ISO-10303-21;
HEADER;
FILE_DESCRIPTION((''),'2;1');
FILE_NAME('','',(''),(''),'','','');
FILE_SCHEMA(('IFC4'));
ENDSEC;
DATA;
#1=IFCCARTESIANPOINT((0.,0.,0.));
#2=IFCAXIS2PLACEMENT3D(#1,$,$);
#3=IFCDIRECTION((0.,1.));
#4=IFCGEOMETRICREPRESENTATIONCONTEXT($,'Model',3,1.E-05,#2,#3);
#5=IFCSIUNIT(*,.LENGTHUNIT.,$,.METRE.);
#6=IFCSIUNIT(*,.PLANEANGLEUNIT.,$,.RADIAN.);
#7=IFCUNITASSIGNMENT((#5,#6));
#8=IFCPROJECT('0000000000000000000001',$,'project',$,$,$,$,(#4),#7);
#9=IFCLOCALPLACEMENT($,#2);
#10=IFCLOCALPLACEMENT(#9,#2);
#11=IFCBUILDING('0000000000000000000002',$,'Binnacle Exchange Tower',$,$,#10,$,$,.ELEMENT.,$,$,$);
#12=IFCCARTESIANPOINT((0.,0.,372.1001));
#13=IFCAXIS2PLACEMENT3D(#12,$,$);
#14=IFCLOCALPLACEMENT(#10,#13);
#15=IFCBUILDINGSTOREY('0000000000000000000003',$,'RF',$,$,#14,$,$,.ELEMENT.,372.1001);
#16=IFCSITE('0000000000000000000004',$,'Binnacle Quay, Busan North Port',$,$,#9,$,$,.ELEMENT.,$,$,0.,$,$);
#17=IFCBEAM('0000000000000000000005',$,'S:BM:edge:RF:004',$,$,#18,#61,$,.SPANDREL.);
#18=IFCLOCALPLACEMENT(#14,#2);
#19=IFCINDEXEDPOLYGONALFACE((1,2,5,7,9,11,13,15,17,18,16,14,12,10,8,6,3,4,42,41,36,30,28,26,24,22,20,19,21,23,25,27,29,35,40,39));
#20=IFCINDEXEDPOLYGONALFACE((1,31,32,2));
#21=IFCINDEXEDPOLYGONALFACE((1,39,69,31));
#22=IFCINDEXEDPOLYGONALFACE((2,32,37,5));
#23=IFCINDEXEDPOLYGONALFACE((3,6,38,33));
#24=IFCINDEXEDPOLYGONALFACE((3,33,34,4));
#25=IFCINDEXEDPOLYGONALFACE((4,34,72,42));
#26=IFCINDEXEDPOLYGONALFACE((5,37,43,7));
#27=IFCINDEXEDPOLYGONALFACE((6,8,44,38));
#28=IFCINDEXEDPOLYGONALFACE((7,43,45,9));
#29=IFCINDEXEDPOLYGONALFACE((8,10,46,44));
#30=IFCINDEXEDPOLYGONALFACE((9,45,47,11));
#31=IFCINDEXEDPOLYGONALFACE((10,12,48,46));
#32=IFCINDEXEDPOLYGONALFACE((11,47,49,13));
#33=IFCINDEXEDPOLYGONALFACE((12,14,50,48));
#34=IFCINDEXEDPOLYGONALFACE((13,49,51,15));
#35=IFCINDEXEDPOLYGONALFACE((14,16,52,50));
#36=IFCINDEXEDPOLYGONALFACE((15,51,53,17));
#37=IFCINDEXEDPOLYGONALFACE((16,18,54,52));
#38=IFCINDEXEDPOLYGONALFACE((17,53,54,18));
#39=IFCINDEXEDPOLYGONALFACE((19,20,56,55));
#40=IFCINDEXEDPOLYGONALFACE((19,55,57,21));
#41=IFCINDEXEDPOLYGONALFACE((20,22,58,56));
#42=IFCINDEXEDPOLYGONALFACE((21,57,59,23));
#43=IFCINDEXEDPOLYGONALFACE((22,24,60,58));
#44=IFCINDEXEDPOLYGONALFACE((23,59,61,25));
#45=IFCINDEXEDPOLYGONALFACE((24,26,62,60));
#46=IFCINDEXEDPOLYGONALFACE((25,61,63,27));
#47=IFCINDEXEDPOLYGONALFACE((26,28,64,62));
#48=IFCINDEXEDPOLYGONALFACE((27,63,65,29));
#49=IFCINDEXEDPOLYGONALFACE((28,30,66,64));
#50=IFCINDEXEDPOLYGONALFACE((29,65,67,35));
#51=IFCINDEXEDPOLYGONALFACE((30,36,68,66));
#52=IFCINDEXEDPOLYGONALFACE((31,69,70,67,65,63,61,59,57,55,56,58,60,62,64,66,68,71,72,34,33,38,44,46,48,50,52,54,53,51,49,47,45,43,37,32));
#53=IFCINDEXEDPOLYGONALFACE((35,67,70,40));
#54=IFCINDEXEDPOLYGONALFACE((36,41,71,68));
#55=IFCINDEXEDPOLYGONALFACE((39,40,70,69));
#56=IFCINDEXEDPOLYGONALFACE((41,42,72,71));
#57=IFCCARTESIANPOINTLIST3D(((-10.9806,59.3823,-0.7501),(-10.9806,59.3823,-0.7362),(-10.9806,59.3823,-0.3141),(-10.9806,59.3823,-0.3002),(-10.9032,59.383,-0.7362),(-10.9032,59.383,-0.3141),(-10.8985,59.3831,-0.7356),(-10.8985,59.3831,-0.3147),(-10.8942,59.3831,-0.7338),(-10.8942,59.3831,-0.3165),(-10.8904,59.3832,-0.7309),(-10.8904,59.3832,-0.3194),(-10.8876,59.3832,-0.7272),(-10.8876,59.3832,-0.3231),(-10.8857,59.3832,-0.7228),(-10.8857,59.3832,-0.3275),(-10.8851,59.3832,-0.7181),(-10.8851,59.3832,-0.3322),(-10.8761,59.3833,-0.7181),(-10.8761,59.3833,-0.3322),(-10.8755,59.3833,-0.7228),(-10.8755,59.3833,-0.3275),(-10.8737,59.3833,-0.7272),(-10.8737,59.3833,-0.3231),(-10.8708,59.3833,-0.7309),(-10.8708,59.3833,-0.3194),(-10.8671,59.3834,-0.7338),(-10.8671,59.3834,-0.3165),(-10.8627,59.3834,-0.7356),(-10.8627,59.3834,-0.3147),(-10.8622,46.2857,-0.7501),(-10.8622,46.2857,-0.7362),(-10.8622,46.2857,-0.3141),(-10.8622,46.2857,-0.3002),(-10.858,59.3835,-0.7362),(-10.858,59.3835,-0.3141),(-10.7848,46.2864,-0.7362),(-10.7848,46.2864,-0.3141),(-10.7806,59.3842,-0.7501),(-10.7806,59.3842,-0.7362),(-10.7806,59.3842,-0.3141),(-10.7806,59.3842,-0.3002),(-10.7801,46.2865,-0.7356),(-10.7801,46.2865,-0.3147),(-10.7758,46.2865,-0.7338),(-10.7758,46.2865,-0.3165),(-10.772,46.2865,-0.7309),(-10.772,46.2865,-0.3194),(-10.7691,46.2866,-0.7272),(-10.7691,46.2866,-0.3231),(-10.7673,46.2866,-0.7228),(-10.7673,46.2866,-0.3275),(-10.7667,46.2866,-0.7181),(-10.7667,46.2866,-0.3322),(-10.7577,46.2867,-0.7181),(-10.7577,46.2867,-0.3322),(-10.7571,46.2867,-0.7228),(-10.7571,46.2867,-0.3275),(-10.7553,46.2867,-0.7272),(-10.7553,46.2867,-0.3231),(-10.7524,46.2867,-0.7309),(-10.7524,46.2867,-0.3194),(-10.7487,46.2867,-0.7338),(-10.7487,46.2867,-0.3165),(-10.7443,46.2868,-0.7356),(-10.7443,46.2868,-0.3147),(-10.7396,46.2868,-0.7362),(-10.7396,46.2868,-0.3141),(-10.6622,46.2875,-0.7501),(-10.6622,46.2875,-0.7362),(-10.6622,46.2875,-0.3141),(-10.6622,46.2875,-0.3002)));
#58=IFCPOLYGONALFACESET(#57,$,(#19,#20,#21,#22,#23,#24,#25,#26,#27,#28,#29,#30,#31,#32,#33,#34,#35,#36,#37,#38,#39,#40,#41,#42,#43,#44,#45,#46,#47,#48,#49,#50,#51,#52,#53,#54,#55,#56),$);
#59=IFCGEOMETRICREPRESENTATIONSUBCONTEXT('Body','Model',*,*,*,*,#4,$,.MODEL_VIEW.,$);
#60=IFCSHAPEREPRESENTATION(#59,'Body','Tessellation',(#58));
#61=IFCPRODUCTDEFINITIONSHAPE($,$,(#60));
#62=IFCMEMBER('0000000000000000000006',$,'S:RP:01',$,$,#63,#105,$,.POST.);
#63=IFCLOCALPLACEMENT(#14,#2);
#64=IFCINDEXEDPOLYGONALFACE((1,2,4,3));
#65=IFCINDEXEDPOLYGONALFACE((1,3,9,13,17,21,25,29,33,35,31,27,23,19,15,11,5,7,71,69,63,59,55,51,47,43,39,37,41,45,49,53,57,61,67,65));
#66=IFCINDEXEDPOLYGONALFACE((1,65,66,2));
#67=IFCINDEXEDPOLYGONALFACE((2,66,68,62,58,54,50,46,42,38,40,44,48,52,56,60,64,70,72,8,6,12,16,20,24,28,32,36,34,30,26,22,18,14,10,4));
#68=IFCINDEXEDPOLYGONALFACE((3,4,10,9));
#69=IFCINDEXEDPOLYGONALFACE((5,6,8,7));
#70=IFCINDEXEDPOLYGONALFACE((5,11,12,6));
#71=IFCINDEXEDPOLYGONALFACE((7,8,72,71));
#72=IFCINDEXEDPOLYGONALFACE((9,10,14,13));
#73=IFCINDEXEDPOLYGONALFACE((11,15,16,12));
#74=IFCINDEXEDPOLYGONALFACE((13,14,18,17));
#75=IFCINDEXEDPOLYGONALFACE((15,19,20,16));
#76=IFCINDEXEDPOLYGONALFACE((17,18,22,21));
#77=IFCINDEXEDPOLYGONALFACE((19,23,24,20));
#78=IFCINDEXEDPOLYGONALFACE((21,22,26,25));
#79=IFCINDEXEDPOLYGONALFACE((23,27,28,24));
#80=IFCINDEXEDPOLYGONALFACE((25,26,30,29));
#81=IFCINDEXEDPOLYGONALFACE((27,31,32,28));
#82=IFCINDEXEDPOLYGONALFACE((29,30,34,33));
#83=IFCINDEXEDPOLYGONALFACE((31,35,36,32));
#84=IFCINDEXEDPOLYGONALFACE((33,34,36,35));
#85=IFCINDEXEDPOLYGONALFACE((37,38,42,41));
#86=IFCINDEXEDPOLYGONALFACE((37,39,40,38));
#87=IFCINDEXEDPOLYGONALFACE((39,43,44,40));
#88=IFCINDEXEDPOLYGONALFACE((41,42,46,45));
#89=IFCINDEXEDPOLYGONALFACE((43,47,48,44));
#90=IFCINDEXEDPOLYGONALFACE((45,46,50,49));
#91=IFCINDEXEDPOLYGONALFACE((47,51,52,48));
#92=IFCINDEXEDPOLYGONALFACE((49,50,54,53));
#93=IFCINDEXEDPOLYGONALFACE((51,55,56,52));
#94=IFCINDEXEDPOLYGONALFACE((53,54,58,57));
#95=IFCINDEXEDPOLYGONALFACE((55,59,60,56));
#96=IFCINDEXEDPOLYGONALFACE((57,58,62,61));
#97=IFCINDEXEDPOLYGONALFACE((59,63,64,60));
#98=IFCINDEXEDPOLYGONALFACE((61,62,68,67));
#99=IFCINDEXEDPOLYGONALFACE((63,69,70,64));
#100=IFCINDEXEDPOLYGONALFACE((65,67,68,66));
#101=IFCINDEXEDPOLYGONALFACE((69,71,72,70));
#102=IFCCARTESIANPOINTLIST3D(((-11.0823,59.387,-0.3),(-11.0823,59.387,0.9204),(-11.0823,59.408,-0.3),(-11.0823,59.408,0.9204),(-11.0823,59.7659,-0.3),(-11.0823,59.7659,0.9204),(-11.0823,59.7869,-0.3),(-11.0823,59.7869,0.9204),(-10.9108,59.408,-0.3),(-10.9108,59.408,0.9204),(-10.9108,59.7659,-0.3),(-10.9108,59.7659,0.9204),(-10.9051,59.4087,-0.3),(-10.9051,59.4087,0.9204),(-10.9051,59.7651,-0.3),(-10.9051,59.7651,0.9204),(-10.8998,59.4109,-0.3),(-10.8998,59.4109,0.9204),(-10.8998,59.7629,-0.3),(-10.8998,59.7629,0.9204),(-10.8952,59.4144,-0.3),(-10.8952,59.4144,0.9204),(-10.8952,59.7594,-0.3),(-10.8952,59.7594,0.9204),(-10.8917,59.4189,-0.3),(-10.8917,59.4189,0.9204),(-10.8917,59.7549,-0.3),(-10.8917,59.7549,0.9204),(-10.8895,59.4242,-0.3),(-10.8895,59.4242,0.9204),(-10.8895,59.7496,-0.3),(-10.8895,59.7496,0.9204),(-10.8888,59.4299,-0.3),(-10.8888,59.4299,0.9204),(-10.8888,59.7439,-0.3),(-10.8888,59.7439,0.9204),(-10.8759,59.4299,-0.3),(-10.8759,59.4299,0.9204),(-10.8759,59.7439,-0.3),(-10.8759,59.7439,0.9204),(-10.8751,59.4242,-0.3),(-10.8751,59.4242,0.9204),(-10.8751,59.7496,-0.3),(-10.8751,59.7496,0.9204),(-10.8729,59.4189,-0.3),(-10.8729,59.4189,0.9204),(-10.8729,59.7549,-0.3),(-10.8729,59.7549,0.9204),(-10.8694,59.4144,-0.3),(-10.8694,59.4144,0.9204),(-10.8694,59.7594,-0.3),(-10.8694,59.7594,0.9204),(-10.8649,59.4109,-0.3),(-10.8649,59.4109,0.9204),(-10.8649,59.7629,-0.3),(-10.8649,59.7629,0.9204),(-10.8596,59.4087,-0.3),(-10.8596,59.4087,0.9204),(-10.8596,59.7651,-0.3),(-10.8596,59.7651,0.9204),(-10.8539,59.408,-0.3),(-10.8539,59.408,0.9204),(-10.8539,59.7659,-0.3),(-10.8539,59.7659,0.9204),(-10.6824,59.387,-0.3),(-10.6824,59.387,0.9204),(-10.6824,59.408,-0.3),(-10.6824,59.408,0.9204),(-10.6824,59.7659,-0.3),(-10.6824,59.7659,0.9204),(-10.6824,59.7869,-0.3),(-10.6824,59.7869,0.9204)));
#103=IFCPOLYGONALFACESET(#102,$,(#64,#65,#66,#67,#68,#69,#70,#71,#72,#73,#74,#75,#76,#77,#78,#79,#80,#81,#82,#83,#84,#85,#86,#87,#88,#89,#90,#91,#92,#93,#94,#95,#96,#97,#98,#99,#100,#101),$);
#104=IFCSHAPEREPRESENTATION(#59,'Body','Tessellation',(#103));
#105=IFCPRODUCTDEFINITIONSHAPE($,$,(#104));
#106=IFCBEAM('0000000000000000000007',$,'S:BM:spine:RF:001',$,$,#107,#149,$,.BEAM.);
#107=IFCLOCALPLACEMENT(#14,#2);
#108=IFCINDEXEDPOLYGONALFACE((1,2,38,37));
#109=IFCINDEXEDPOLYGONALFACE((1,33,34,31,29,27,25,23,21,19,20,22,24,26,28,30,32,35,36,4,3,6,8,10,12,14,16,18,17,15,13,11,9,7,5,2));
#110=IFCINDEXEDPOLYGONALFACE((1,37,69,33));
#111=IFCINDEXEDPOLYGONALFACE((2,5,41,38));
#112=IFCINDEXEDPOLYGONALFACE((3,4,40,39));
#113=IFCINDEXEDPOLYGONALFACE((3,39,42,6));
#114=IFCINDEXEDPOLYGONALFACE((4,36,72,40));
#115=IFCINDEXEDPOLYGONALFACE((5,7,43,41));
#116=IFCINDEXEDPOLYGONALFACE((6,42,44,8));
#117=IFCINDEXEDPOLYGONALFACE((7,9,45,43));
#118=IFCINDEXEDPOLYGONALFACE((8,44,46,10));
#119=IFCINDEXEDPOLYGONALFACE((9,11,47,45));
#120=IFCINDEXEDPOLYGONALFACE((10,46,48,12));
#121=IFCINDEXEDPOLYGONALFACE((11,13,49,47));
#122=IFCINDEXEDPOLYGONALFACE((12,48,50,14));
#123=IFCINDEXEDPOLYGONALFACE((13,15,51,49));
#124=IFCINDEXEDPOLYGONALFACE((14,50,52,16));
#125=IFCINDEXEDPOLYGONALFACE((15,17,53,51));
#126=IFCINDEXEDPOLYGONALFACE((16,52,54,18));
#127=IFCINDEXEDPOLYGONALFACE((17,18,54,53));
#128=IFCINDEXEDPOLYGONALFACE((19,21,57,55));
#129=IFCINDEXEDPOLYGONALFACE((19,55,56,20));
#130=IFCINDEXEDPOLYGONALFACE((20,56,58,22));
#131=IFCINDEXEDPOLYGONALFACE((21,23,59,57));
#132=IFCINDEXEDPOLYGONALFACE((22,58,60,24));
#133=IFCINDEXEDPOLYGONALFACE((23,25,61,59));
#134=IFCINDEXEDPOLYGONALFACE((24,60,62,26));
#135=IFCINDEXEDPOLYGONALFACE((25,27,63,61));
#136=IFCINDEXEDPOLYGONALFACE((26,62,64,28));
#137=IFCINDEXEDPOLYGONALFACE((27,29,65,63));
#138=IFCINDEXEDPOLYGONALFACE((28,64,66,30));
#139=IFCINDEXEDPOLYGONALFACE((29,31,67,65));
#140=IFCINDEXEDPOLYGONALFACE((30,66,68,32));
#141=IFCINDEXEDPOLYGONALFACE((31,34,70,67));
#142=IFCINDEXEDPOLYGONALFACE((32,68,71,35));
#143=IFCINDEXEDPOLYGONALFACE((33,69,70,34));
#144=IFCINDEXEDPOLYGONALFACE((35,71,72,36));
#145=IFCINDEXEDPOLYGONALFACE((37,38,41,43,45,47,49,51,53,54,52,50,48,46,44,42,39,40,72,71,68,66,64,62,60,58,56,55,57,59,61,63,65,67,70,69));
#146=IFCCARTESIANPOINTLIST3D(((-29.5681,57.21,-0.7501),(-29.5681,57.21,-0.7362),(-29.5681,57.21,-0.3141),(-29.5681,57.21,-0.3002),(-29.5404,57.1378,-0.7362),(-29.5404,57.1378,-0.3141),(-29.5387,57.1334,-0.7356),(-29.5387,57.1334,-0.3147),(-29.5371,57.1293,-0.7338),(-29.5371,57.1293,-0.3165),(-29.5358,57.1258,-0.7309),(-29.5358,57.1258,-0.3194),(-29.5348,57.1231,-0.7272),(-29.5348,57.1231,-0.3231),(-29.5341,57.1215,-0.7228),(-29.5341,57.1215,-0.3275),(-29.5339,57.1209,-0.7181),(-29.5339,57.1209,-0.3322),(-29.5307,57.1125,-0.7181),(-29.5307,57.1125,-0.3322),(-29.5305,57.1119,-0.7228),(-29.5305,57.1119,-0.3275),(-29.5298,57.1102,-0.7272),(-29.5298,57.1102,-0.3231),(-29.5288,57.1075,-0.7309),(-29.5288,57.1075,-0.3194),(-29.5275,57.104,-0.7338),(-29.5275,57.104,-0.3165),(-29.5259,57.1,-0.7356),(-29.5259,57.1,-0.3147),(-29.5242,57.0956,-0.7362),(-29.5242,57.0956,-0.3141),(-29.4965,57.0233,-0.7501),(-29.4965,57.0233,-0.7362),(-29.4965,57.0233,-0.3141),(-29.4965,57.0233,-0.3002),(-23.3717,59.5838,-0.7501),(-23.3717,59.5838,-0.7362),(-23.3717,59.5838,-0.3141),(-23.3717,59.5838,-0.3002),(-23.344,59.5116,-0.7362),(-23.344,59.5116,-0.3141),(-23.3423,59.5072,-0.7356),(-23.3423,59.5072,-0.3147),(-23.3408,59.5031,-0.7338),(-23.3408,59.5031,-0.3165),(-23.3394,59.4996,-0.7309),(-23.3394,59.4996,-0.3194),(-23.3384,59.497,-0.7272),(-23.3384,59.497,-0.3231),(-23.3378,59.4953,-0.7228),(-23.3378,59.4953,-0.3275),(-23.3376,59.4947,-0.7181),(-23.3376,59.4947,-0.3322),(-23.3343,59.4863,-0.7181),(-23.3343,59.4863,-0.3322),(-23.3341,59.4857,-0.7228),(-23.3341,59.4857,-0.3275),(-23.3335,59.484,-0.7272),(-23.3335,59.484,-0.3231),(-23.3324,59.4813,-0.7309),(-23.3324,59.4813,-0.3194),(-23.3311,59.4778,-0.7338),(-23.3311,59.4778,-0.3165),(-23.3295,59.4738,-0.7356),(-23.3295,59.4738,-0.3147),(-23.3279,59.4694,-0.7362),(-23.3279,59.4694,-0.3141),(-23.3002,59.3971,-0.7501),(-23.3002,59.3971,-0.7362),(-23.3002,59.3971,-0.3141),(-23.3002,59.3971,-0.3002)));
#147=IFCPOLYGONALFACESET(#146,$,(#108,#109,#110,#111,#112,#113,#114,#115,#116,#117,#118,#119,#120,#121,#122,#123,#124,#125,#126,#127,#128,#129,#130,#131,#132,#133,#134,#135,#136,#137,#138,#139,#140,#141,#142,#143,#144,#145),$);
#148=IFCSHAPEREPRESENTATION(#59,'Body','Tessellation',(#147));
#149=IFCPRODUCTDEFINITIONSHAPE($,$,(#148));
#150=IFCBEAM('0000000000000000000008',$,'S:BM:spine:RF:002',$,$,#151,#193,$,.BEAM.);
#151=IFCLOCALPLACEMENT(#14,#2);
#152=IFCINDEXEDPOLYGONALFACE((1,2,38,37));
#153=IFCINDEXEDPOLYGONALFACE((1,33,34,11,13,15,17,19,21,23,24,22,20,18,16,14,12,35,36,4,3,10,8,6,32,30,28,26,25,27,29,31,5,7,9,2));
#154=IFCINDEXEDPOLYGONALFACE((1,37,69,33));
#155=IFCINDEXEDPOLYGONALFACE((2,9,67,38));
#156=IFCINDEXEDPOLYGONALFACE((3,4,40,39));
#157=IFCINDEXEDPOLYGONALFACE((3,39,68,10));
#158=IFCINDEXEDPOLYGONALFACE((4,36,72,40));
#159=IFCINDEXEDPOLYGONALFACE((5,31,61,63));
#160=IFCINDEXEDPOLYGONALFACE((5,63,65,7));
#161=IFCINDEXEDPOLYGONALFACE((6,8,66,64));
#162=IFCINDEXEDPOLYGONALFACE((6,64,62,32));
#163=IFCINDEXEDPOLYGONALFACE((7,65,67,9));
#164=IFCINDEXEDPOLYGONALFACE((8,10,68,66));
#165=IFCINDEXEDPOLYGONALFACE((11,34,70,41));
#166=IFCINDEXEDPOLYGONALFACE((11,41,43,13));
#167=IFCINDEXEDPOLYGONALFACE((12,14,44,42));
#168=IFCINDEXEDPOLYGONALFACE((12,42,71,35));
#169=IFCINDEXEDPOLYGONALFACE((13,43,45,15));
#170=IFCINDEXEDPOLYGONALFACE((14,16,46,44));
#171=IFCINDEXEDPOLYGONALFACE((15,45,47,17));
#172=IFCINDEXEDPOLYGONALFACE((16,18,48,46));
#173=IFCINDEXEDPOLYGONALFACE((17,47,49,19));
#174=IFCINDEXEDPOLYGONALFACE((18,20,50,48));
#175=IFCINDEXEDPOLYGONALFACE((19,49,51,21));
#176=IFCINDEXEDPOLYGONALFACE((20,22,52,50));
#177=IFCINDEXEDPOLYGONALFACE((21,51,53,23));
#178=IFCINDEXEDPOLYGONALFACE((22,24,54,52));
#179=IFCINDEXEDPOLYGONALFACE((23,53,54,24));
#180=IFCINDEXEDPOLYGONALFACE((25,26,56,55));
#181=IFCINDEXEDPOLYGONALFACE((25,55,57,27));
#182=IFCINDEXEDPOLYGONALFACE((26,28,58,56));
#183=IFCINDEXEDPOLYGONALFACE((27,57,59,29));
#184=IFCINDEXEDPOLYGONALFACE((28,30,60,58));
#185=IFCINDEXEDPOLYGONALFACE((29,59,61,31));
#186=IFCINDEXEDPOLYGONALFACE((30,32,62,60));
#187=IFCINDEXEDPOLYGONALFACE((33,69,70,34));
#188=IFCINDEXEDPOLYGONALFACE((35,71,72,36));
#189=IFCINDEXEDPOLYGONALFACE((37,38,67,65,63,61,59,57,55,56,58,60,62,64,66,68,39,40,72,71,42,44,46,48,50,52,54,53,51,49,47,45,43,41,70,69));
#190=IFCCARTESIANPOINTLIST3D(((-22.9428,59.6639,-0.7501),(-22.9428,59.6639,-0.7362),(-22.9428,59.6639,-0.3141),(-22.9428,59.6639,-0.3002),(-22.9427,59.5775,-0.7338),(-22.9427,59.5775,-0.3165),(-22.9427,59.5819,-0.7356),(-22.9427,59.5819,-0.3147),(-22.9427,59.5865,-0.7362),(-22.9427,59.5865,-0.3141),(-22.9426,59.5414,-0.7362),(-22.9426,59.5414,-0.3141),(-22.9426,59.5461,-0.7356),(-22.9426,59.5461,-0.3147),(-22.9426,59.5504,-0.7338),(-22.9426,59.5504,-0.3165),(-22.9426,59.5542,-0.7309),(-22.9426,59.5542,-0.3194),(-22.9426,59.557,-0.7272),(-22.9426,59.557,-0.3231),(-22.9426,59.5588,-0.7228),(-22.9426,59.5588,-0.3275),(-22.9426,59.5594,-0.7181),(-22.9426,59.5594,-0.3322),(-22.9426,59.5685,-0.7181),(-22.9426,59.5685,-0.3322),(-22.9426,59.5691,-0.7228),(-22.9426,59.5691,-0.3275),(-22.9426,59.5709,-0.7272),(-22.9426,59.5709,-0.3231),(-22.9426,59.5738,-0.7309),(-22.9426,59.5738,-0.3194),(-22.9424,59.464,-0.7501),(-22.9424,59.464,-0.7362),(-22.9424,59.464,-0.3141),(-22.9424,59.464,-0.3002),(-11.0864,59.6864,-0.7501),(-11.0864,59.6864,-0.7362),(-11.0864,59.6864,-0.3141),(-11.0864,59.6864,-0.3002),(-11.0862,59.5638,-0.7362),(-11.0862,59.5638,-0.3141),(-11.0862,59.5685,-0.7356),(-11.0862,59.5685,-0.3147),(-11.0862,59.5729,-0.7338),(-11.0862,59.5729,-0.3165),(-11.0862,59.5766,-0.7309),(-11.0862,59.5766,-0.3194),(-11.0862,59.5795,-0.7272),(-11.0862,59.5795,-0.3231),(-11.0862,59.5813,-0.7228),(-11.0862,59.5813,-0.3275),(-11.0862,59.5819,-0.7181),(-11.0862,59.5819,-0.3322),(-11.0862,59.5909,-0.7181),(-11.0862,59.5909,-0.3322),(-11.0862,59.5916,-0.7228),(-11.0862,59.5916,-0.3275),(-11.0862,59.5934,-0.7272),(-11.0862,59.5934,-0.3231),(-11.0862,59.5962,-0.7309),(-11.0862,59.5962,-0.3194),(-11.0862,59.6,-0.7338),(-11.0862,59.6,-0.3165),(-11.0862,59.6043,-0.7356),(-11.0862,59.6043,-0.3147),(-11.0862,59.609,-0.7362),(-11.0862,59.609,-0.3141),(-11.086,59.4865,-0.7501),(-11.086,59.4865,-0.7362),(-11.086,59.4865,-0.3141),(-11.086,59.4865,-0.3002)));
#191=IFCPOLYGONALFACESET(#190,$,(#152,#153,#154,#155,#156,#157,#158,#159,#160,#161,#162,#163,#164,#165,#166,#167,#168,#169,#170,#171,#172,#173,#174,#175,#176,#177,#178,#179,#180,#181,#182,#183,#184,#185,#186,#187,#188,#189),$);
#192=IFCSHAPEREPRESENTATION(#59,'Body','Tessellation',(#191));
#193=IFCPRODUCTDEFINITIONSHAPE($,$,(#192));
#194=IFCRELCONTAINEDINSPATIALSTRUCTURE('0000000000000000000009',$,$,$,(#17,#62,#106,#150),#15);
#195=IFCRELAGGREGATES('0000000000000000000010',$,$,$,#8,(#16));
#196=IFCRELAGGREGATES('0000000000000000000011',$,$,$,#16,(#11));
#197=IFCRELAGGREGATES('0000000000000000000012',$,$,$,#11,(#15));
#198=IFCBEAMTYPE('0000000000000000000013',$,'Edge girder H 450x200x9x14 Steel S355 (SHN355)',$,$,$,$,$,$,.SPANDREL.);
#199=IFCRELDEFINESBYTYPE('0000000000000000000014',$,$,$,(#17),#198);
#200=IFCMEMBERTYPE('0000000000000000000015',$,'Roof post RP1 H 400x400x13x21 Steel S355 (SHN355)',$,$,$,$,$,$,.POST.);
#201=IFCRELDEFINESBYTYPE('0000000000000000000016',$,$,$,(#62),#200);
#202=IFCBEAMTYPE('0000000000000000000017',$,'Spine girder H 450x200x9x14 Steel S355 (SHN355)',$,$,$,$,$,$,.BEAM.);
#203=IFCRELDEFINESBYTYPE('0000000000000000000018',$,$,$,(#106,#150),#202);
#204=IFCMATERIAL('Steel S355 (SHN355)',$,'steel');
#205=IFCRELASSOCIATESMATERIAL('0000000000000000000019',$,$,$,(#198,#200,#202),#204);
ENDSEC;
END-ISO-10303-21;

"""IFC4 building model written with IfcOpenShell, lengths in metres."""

from ifc_helpers import new_model, si_unit, direction, frame, origin, origin_2d, place, context, subcontext, project, spatial, i_section, extrude, material, material_profile, profile_set, type_object, element, save


model = new_model("IFC4")

# Units and contexts
model_context = context("Model", 3, precision=1e-05, world=origin(), true_north=direction((0.0, 1.0)))
body_context = subcontext(model_context, "Body", "Model", "MODEL_VIEW")
ifc_project = project(units=[si_unit("LENGTHUNIT", "METRE"), si_unit("PLANEANGLEUNIT", "RADIAN")], contexts=[model_context])

# Site, building, storey
site_placement = place(None, origin())
site = spatial("IfcSite", under=ifc_project, at=site_placement, Name="Binnacle Quay, Busan North Port", CompositionType="ELEMENT", RefElevation=0.0)
building_placement = place(site_placement, origin())
building = spatial("IfcBuilding", under=site, at=building_placement, Name="Binnacle Exchange Tower", CompositionType="ELEMENT")
storey_placement = place(building_placement, frame((0.0, 0.0, 372.1001)))
storey = spatial("IfcBuildingStorey", under=building, at=storey_placement, Name="RF", CompositionType="ELEMENT", Elevation=372.1001)

# Beam
ifc_material_1 = material(Name="Steel S355 (SHN355)", Category="steel")
ifc_material_profile_1 = material_profile(ifc_material_1, i_section(OverallWidth=0.2, OverallDepth=0.45, WebThickness=0.009, FlangeThickness=0.0139, FilletRadius=0.0181, at=origin_2d()), Name="H 450x200x9x14")
ifc_profile_set_1 = profile_set([ifc_material_profile_1], Name="Steel S355 (SHN355)")
beam_type_1 = type_object("IfcBeamType", Name="Edge girder H 450x200x9x14 Steel S355 (SHN355)", PredefinedType="SPANDREL", material=ifc_profile_set_1)
beam_1_placement = place(storey_placement, frame((-10.7622, 46.2866, -0.5251), z_axis=(-0.009041, 0.999959, 0.0), x_axis=(-0.999959, -0.009041, 0.0)))
element("IfcBeam", 1, at=beam_1_placement, inside=storey, type_object=beam_type_1, Name="S:BM:edge:RF:004", PredefinedType="SPANDREL", context=body_context, shape_type="SweptSolid", body=[
    extrude(i_section(OverallWidth=0.2, OverallDepth=0.45, WebThickness=0.009, FlangeThickness=0.0139, FilletRadius=0.0181, at=origin_2d()), origin(), (0.0, 0.0, 1.0), 13.0972),
])

# Member
ifc_material_profile_2 = material_profile(ifc_material_1, i_section(OverallWidth=0.3999, OverallDepth=0.3999, WebThickness=0.0129, FlangeThickness=0.021, FilletRadius=0.022, at=origin_2d()), Name="H 400x400x13x21")
ifc_profile_set_2 = profile_set([ifc_material_profile_2], Name="Steel S355 (SHN355)")
member_type = type_object("IfcMemberType", Name="Roof post RP1 H 400x400x13x21 Steel S355 (SHN355)", PredefinedType="POST", material=ifc_profile_set_2)
member_placement = place(storey_placement, frame((-10.8823, 59.5869, -0.3), z_axis=(0.0, 0.0, 1.0), x_axis=(1.0, 0.0, 0.0)))
element("IfcMember", 2, at=member_placement, inside=storey, type_object=member_type, Name="S:RP:01", PredefinedType="POST", context=body_context, shape_type="SweptSolid", body=[
    extrude(i_section(OverallWidth=0.3999, OverallDepth=0.3999, WebThickness=0.0129, FlangeThickness=0.021, FilletRadius=0.022, at=origin_2d()), origin(), (0.0, 0.0, 1.0), 1.2205),
])

# Beams
ifc_material_profile_3 = material_profile(ifc_material_1, i_section(OverallWidth=0.2, OverallDepth=0.45, WebThickness=0.009, FlangeThickness=0.0139, FilletRadius=0.0181, at=origin_2d()), Name="H 450x200x9x14")
ifc_profile_set_3 = profile_set([ifc_material_profile_3], Name="Steel S355 (SHN355)")
beam_type_2 = type_object("IfcBeamType", Name="Spine girder H 450x200x9x14 Steel S355 (SHN355)", PredefinedType="BEAM", material=ifc_profile_set_3)
beam_2_placement = place(storey_placement, frame((-23.3359, 59.4905, -0.5251), z_axis=(-0.93382, -0.357744, 0.0), x_axis=(0.357744, -0.93382, 0.0)))
element("IfcBeam", 3, at=beam_2_placement, inside=storey, type_object=beam_type_2, Name="S:BM:spine:RF:001", PredefinedType="BEAM", context=body_context, shape_type="SweptSolid", body=[
    extrude(i_section(OverallWidth=0.2, OverallDepth=0.45, WebThickness=0.009, FlangeThickness=0.0139, FilletRadius=0.0181, at=origin_2d()), origin(), (0.0, 0.0, 1.0), 6.6355),
])
beam_3_placement = place(storey_placement, frame((-22.9426, 59.564, -0.5251), z_axis=(0.999998, 0.001894, 0.0), x_axis=(-0.001894, 0.999998, 0.0)))
element("IfcBeam", 4, at=beam_3_placement, inside=storey, type_object=beam_type_2, Name="S:BM:spine:RF:002", PredefinedType="BEAM", context=body_context, shape_type="SweptSolid", body=[
    extrude(i_section(OverallWidth=0.2, OverallDepth=0.45, WebThickness=0.009, FlangeThickness=0.0139, FilletRadius=0.0181, at=origin_2d()), origin(), (0.0, 0.0, 1.0), 11.8564),
])

save(model, "model.ifc")
